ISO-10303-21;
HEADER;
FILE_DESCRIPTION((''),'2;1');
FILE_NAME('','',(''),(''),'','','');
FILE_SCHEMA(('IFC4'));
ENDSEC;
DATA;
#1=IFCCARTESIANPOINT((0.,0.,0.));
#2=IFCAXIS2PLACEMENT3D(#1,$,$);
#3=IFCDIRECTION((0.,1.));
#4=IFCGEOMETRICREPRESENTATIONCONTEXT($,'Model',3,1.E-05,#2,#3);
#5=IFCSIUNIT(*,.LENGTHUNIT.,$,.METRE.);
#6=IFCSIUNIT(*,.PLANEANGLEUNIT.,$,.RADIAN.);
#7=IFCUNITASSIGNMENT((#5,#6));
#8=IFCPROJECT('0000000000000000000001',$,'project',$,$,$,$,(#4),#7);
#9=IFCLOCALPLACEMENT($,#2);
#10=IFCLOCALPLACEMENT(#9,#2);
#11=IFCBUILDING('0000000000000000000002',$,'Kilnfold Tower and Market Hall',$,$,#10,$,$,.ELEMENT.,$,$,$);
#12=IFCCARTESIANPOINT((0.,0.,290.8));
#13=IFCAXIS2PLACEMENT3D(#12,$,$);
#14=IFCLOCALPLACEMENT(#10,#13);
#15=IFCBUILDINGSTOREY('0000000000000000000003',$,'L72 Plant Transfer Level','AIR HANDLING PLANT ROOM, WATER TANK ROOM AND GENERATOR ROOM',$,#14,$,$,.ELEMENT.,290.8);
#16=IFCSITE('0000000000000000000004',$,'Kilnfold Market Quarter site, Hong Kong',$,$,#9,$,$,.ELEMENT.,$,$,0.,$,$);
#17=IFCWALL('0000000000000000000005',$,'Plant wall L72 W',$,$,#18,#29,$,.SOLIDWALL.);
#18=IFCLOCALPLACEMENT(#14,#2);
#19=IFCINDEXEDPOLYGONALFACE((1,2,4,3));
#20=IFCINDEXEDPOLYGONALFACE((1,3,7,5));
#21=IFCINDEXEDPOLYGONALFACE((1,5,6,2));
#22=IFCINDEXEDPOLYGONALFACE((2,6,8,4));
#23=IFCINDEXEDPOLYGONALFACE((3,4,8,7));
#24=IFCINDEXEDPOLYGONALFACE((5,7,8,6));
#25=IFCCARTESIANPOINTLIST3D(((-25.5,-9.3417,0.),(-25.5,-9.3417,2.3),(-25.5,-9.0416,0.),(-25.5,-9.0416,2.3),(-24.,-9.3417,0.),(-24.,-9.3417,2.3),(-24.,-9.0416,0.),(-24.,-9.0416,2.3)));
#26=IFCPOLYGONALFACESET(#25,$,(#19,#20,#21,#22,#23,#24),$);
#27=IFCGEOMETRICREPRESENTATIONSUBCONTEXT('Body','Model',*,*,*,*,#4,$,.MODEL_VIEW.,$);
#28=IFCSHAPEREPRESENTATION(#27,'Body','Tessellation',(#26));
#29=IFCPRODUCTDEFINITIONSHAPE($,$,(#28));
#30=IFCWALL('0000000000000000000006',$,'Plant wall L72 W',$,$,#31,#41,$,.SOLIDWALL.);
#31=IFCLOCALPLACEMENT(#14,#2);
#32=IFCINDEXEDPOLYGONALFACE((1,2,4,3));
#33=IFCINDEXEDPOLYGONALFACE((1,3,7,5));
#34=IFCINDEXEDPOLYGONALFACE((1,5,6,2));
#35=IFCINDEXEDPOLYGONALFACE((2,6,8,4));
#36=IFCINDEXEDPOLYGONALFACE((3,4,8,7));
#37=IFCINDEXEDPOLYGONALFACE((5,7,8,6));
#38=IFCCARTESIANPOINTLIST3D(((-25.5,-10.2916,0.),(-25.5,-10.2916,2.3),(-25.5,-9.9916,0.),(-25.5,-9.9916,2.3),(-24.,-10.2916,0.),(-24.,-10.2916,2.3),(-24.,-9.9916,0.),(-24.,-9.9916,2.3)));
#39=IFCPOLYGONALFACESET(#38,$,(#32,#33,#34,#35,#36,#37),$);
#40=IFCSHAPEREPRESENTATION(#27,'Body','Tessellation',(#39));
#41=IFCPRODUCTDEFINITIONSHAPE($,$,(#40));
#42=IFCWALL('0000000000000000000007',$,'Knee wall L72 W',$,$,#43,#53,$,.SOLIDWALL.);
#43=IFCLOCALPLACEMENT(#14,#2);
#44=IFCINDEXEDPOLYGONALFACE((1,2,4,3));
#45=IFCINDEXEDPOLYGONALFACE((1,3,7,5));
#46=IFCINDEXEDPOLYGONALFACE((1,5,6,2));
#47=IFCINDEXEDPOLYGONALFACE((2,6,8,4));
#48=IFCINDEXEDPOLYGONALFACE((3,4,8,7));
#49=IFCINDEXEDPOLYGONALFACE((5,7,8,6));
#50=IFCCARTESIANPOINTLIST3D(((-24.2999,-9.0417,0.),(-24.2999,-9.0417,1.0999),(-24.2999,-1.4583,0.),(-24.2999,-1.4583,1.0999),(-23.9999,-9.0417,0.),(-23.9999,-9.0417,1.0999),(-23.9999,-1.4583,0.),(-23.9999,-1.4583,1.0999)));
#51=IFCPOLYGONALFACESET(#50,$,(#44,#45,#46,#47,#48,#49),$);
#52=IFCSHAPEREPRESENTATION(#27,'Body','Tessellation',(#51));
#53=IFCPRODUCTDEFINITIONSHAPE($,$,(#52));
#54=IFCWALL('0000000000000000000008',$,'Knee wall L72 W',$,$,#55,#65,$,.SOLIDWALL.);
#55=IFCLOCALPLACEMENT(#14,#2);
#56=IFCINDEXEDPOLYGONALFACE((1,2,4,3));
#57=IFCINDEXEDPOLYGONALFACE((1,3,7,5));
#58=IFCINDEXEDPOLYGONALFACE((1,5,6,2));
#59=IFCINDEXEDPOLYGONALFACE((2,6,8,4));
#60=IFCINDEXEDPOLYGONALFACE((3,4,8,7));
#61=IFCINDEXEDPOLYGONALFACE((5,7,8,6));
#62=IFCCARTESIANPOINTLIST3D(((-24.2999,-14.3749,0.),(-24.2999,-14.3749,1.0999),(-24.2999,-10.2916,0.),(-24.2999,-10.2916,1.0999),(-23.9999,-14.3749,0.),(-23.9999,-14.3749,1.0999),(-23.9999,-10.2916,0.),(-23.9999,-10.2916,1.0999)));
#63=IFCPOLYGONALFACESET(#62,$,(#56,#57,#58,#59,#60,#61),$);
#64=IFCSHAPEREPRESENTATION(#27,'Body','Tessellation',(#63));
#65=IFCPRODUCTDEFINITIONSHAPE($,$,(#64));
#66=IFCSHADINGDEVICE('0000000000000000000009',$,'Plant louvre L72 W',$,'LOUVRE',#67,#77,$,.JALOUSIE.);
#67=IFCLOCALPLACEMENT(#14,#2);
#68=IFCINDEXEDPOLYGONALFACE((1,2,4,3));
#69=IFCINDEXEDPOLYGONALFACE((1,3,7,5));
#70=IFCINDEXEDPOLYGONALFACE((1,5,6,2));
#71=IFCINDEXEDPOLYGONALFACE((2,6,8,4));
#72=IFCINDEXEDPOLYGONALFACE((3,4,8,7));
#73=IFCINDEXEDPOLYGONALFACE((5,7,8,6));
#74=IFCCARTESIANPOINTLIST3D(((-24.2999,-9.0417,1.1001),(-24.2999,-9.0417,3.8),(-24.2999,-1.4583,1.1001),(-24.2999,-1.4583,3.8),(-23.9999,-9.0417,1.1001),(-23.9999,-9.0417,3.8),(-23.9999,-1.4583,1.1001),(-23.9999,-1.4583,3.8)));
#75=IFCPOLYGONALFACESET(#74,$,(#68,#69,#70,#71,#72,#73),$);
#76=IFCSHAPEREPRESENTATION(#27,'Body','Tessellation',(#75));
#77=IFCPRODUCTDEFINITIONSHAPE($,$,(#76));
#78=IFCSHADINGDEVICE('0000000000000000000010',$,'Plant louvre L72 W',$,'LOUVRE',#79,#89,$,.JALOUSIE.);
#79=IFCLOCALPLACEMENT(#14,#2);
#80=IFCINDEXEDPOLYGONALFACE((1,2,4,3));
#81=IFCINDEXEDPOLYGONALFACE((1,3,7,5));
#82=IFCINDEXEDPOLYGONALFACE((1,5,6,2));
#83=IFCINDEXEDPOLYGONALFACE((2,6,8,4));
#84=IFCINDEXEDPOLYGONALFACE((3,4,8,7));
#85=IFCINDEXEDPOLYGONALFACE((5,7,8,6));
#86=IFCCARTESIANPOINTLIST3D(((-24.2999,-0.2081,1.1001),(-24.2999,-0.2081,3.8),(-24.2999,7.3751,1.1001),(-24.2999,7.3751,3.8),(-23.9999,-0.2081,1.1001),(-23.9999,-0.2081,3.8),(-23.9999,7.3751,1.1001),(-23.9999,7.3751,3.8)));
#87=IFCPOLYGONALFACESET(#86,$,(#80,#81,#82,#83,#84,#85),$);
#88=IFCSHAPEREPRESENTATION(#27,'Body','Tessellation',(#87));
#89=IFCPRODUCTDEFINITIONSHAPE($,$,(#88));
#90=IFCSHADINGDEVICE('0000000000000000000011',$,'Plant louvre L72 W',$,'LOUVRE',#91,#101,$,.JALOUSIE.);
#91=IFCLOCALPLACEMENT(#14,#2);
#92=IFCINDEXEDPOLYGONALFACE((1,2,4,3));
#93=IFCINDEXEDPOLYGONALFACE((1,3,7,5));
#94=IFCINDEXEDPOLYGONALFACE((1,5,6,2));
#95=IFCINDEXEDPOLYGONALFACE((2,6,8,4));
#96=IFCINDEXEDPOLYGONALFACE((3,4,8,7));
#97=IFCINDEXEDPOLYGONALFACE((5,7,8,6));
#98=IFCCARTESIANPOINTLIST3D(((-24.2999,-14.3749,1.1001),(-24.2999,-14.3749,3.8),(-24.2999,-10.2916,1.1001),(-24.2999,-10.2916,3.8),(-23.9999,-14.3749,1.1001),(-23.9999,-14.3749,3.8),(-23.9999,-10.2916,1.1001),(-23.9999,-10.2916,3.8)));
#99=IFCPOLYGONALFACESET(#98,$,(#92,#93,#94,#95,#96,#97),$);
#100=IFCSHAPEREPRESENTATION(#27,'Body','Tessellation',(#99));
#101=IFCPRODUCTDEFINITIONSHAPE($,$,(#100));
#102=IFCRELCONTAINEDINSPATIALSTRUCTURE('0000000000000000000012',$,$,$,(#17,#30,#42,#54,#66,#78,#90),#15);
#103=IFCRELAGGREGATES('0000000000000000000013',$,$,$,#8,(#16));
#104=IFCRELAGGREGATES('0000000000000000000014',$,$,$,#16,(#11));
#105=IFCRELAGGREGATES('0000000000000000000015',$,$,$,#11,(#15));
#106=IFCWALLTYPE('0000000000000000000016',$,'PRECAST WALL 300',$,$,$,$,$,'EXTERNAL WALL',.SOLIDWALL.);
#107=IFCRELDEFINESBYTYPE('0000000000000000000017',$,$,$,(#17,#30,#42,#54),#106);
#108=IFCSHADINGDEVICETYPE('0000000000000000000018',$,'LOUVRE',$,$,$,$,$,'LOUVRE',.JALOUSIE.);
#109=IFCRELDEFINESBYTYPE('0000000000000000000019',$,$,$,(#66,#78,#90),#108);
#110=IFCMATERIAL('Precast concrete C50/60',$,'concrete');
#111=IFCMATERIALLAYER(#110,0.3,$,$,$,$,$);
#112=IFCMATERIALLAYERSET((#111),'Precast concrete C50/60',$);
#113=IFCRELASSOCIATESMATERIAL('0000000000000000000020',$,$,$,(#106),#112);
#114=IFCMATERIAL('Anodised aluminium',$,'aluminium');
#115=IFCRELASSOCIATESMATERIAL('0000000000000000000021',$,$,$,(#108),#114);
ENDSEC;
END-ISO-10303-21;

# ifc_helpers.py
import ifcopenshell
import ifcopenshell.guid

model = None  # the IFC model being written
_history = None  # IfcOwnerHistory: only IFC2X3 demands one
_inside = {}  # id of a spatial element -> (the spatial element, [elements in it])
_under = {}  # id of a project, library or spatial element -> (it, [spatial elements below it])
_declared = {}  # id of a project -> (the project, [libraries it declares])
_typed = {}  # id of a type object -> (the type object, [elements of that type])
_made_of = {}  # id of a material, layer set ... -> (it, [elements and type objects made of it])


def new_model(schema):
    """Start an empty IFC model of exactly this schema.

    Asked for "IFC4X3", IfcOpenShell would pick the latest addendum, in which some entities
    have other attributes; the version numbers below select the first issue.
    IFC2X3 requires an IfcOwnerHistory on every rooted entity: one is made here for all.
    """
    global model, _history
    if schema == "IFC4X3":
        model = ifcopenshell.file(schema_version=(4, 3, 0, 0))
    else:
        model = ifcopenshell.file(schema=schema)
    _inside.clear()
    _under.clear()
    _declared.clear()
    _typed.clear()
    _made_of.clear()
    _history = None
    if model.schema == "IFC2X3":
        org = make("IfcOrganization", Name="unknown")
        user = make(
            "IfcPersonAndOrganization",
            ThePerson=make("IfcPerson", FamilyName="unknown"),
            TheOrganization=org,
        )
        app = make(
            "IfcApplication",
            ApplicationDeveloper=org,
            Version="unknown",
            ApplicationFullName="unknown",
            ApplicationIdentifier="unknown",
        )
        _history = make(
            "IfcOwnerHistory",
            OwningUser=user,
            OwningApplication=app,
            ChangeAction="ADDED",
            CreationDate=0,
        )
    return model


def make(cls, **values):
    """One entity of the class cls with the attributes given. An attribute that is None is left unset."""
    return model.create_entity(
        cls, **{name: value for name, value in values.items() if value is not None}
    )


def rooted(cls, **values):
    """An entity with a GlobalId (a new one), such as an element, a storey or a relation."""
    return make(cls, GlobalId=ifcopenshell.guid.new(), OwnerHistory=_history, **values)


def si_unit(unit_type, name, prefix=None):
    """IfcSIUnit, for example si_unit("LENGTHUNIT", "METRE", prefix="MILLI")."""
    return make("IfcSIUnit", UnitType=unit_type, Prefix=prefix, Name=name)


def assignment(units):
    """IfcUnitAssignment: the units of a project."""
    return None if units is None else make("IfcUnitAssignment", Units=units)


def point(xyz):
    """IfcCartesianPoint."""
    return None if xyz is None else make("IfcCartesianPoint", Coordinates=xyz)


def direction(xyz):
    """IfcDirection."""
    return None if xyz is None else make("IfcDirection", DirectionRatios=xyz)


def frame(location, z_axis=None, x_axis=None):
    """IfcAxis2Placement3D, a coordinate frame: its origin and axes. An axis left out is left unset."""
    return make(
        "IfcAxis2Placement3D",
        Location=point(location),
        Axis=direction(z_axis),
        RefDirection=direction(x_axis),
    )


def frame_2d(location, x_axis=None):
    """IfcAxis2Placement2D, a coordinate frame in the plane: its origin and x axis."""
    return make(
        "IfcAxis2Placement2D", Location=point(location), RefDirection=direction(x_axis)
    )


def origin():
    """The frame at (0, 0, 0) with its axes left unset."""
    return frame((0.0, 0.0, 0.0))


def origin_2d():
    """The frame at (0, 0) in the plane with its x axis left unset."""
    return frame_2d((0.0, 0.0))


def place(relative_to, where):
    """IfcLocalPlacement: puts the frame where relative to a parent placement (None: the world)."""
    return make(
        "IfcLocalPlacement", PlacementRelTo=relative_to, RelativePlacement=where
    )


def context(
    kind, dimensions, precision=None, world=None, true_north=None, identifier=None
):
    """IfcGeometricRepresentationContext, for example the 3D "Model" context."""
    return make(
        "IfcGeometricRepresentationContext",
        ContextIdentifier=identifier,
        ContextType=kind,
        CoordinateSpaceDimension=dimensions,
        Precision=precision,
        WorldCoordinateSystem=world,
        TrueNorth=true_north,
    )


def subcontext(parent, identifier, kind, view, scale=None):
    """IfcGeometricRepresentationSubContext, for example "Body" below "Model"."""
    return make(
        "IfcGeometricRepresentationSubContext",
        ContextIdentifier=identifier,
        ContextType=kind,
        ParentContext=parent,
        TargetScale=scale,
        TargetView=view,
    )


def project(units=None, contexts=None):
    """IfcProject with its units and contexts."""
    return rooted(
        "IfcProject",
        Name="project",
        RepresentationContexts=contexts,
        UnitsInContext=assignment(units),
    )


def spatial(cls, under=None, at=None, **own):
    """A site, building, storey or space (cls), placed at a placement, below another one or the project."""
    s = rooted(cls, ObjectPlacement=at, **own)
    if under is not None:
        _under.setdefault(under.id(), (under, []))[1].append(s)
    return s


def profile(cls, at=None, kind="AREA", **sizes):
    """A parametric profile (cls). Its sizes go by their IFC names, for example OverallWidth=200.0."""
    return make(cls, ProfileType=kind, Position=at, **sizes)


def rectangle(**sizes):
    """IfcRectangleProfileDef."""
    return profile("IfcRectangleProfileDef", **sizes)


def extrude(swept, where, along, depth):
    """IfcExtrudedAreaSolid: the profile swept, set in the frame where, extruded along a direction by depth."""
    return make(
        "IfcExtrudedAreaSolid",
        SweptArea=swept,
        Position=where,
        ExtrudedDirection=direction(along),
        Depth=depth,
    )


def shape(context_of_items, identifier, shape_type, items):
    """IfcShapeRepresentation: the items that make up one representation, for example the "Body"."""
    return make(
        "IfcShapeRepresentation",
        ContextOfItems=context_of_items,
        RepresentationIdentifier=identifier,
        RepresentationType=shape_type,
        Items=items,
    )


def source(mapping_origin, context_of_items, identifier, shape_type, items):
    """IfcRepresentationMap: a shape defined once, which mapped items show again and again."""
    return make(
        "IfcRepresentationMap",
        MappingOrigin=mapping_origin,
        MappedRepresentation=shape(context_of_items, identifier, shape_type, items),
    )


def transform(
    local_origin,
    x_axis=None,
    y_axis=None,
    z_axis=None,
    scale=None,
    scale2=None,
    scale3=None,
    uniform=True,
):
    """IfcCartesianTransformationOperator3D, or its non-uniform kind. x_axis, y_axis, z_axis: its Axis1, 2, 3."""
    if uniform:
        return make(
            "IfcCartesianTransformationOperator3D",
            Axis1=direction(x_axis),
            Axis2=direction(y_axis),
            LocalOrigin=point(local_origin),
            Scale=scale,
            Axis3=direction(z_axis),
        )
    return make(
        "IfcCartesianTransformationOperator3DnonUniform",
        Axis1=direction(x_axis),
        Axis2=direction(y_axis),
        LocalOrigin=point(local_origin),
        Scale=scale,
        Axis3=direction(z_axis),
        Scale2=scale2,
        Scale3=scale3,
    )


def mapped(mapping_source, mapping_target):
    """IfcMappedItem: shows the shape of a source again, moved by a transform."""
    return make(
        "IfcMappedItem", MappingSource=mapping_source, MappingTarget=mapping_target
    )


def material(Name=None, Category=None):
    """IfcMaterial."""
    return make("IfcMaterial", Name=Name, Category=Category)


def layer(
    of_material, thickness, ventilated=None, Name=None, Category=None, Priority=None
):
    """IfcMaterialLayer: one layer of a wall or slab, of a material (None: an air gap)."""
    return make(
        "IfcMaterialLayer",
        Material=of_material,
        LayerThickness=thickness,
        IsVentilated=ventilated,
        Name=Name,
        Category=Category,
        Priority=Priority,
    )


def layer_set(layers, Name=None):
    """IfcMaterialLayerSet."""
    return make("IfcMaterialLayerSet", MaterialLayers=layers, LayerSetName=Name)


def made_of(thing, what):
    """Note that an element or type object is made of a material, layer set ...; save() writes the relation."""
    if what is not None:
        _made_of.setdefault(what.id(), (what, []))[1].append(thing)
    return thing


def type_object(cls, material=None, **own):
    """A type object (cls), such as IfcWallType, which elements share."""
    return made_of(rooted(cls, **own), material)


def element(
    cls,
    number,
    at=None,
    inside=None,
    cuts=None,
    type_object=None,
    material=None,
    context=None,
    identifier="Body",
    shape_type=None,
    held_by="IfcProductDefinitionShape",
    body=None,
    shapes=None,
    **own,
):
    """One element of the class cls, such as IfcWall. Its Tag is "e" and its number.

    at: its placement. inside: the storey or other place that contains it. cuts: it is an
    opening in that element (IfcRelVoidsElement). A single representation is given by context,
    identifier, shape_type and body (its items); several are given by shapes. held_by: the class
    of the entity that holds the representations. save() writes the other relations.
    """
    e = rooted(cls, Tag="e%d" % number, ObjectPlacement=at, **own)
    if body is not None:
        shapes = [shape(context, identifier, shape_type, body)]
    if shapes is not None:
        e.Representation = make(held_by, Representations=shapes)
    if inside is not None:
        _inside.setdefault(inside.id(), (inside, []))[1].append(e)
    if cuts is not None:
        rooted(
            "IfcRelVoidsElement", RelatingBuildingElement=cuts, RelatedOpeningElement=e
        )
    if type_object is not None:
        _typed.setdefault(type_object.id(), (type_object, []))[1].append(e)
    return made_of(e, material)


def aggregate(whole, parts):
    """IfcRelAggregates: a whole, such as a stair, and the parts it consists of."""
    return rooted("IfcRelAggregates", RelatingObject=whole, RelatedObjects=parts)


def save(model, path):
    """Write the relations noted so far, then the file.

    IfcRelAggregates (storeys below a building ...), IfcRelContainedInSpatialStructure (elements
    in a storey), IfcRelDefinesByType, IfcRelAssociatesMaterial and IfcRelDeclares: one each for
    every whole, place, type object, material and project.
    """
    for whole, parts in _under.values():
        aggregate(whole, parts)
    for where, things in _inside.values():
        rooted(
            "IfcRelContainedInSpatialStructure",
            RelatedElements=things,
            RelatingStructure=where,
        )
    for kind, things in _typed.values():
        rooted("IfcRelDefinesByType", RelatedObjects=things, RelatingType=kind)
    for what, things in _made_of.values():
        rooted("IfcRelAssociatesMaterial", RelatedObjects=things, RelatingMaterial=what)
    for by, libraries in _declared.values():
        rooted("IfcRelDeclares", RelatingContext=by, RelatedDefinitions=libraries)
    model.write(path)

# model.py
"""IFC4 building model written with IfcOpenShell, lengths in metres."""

from ifc_helpers import new_model, si_unit, direction, frame, frame_2d, origin, origin_2d, place, context, subcontext, project, spatial, rectangle, extrude, source, transform, mapped, material, layer, layer_set, type_object, element, save


model = new_model("IFC4")

# Units and contexts
model_context = context("Model", 3, precision=1e-05, world=origin(), true_north=direction((0.0, 1.0)))
body_context = subcontext(model_context, "Body", "Model", "MODEL_VIEW")
ifc_project = project(units=[si_unit("LENGTHUNIT", "METRE"), si_unit("PLANEANGLEUNIT", "RADIAN")], contexts=[model_context])

# Site, building, storey
site_placement = place(None, origin())
site = spatial("IfcSite", under=ifc_project, at=site_placement, Name="Kilnfold Market Quarter site, Hong Kong", CompositionType="ELEMENT", RefElevation=0.0)
building_placement = place(site_placement, origin())
building = spatial("IfcBuilding", under=site, at=building_placement, Name="Kilnfold Tower and Market Hall", CompositionType="ELEMENT")
storey_placement = place(building_placement, frame((0.0, 0.0, 290.8)))
storey = spatial("IfcBuildingStorey", under=building, at=storey_placement, Name="L72 Plant Transfer Level", Description="AIR HANDLING PLANT ROOM, WATER TANK ROOM AND GENERATOR ROOM", CompositionType="ELEMENT", Elevation=290.8)

# Walls
ifc_material_1 = material(Name="Precast concrete C50/60", Category="concrete")
ifc_layer_1 = layer(ifc_material_1, 0.3)
ifc_layer_set_1 = layer_set([ifc_layer_1], Name="Precast concrete C50/60")
wall_type_1 = type_object("IfcWallType", Name="PRECAST WALL 300", ElementType="EXTERNAL WALL", PredefinedType="SOLIDWALL", material=ifc_layer_set_1)
shared_shape_1 = source(origin(), body_context, "Body", "SweptSolid", [
    extrude(rectangle(XDim=1.5, YDim=0.3, at=frame_2d((0.75, 0.0))), origin(), (0.0, 0.0, 1.0), 2.3),
])
for number, where, z_axis, x_axis, name in (
    (1, (-25.5, -9.1917, 0.0), (0.0, 0.0, 1.0), (1.0, 0.0, 0.0), "Plant wall L72 W"),
    (2, (-25.5, -10.1416, 0.0), (0.0, 0.0, 1.0), (1.0, 0.0, 0.0), "Plant wall L72 W"),
):
    element("IfcWall", number, at=place(storey_placement, frame(where, z_axis=z_axis, x_axis=x_axis)), inside=storey, type_object=wall_type_1, Name=name, PredefinedType="SOLIDWALL", context=body_context, shape_type="MappedRepresentation", body=[
        mapped(shared_shape_1, transform((0.0, 0.0, 0.0))),
    ])
shared_shape_2 = source(origin(), body_context, "Body", "SweptSolid", [
    extrude(rectangle(XDim=7.5835, YDim=0.3, at=frame_2d((3.7917, 0.0))), origin(), (0.0, 0.0, 1.0), 1.0999),
])
wall_1_placement = place(storey_placement, frame((-24.1499, -1.4583, 0.0), z_axis=(0.0, 0.0, 1.0), x_axis=(0.0, -1.0, 0.0)))
element("IfcWall", 3, at=wall_1_placement, inside=storey, type_object=wall_type_1, Name="Knee wall L72 W", PredefinedType="SOLIDWALL", context=body_context, shape_type="MappedRepresentation", body=[
    mapped(shared_shape_2, transform((0.0, 0.0, 0.0))),
])
shared_shape_3 = source(origin(), body_context, "Body", "SweptSolid", [
    extrude(rectangle(XDim=4.0833, YDim=0.3, at=frame_2d((2.0415, 0.0))), origin(), (0.0, 0.0, 1.0), 1.0999),
])
wall_2_placement = place(storey_placement, frame((-24.1499, -10.2917, 0.0), z_axis=(0.0, 0.0, 1.0), x_axis=(0.0, -1.0, 0.0)))
element("IfcWall", 4, at=wall_2_placement, inside=storey, type_object=wall_type_1, Name="Knee wall L72 W", PredefinedType="SOLIDWALL", context=body_context, shape_type="MappedRepresentation", body=[
    mapped(shared_shape_3, transform((0.0, 0.0, 0.0))),
])

# Shading devices
ifc_material_2 = material(Name="Anodised aluminium", Category="aluminium")
shading_device_type = type_object("IfcShadingDeviceType", Name="LOUVRE", ElementType="LOUVRE", PredefinedType="JALOUSIE", material=ifc_material_2)
shared_shape_4 = source(origin(), body_context, "Body", "SweptSolid", [
    extrude(rectangle(XDim=7.5835, YDim=0.3, at=origin_2d()), origin(), (0.0, 0.0, 1.0), 2.7),
])
shading_device_1_placement = place(storey_placement, frame((-24.1499, -5.25, 1.1001), z_axis=(0.0, 0.0, 1.0), x_axis=(0.0, -1.0, 0.0)))
element("IfcShadingDevice", 5, at=shading_device_1_placement, inside=storey, type_object=shading_device_type, Name="Plant louvre L72 W", ObjectType="LOUVRE", PredefinedType="JALOUSIE", context=body_context, shape_type="MappedRepresentation", body=[
    mapped(shared_shape_4, transform((0.0, 0.0, 0.0))),
])
shared_shape_5 = source(origin(), body_context, "Body", "SweptSolid", [
    extrude(rectangle(XDim=7.5833, YDim=0.3, at=origin_2d()), origin(), (0.0, 0.0, 1.0), 2.7),
])
shading_device_2_placement = place(storey_placement, frame((-24.1499, 3.5835, 1.1001), z_axis=(0.0, 0.0, 1.0), x_axis=(0.0, -1.0, 0.0)))
element("IfcShadingDevice", 6, at=shading_device_2_placement, inside=storey, type_object=shading_device_type, Name="Plant louvre L72 W", ObjectType="LOUVRE", PredefinedType="JALOUSIE", context=body_context, shape_type="MappedRepresentation", body=[
    mapped(shared_shape_5, transform((0.0, 0.0, 0.0))),
])
shared_shape_6 = source(origin(), body_context, "Body", "SweptSolid", [
    extrude(rectangle(XDim=4.0833, YDim=0.3, at=origin_2d()), origin(), (0.0, 0.0, 1.0), 2.7),
])
shading_device_3_placement = place(storey_placement, frame((-24.1499, -12.3333, 1.1001), z_axis=(0.0, 0.0, 1.0), x_axis=(0.0, -1.0, 0.0)))
element("IfcShadingDevice", 7, at=shading_device_3_placement, inside=storey, type_object=shading_device_type, Name="Plant louvre L72 W", ObjectType="LOUVRE", PredefinedType="JALOUSIE", context=body_context, shape_type="MappedRepresentation", body=[
    mapped(shared_shape_6, transform((0.0, 0.0, 0.0))),
])

save(model, "model.ifc")
